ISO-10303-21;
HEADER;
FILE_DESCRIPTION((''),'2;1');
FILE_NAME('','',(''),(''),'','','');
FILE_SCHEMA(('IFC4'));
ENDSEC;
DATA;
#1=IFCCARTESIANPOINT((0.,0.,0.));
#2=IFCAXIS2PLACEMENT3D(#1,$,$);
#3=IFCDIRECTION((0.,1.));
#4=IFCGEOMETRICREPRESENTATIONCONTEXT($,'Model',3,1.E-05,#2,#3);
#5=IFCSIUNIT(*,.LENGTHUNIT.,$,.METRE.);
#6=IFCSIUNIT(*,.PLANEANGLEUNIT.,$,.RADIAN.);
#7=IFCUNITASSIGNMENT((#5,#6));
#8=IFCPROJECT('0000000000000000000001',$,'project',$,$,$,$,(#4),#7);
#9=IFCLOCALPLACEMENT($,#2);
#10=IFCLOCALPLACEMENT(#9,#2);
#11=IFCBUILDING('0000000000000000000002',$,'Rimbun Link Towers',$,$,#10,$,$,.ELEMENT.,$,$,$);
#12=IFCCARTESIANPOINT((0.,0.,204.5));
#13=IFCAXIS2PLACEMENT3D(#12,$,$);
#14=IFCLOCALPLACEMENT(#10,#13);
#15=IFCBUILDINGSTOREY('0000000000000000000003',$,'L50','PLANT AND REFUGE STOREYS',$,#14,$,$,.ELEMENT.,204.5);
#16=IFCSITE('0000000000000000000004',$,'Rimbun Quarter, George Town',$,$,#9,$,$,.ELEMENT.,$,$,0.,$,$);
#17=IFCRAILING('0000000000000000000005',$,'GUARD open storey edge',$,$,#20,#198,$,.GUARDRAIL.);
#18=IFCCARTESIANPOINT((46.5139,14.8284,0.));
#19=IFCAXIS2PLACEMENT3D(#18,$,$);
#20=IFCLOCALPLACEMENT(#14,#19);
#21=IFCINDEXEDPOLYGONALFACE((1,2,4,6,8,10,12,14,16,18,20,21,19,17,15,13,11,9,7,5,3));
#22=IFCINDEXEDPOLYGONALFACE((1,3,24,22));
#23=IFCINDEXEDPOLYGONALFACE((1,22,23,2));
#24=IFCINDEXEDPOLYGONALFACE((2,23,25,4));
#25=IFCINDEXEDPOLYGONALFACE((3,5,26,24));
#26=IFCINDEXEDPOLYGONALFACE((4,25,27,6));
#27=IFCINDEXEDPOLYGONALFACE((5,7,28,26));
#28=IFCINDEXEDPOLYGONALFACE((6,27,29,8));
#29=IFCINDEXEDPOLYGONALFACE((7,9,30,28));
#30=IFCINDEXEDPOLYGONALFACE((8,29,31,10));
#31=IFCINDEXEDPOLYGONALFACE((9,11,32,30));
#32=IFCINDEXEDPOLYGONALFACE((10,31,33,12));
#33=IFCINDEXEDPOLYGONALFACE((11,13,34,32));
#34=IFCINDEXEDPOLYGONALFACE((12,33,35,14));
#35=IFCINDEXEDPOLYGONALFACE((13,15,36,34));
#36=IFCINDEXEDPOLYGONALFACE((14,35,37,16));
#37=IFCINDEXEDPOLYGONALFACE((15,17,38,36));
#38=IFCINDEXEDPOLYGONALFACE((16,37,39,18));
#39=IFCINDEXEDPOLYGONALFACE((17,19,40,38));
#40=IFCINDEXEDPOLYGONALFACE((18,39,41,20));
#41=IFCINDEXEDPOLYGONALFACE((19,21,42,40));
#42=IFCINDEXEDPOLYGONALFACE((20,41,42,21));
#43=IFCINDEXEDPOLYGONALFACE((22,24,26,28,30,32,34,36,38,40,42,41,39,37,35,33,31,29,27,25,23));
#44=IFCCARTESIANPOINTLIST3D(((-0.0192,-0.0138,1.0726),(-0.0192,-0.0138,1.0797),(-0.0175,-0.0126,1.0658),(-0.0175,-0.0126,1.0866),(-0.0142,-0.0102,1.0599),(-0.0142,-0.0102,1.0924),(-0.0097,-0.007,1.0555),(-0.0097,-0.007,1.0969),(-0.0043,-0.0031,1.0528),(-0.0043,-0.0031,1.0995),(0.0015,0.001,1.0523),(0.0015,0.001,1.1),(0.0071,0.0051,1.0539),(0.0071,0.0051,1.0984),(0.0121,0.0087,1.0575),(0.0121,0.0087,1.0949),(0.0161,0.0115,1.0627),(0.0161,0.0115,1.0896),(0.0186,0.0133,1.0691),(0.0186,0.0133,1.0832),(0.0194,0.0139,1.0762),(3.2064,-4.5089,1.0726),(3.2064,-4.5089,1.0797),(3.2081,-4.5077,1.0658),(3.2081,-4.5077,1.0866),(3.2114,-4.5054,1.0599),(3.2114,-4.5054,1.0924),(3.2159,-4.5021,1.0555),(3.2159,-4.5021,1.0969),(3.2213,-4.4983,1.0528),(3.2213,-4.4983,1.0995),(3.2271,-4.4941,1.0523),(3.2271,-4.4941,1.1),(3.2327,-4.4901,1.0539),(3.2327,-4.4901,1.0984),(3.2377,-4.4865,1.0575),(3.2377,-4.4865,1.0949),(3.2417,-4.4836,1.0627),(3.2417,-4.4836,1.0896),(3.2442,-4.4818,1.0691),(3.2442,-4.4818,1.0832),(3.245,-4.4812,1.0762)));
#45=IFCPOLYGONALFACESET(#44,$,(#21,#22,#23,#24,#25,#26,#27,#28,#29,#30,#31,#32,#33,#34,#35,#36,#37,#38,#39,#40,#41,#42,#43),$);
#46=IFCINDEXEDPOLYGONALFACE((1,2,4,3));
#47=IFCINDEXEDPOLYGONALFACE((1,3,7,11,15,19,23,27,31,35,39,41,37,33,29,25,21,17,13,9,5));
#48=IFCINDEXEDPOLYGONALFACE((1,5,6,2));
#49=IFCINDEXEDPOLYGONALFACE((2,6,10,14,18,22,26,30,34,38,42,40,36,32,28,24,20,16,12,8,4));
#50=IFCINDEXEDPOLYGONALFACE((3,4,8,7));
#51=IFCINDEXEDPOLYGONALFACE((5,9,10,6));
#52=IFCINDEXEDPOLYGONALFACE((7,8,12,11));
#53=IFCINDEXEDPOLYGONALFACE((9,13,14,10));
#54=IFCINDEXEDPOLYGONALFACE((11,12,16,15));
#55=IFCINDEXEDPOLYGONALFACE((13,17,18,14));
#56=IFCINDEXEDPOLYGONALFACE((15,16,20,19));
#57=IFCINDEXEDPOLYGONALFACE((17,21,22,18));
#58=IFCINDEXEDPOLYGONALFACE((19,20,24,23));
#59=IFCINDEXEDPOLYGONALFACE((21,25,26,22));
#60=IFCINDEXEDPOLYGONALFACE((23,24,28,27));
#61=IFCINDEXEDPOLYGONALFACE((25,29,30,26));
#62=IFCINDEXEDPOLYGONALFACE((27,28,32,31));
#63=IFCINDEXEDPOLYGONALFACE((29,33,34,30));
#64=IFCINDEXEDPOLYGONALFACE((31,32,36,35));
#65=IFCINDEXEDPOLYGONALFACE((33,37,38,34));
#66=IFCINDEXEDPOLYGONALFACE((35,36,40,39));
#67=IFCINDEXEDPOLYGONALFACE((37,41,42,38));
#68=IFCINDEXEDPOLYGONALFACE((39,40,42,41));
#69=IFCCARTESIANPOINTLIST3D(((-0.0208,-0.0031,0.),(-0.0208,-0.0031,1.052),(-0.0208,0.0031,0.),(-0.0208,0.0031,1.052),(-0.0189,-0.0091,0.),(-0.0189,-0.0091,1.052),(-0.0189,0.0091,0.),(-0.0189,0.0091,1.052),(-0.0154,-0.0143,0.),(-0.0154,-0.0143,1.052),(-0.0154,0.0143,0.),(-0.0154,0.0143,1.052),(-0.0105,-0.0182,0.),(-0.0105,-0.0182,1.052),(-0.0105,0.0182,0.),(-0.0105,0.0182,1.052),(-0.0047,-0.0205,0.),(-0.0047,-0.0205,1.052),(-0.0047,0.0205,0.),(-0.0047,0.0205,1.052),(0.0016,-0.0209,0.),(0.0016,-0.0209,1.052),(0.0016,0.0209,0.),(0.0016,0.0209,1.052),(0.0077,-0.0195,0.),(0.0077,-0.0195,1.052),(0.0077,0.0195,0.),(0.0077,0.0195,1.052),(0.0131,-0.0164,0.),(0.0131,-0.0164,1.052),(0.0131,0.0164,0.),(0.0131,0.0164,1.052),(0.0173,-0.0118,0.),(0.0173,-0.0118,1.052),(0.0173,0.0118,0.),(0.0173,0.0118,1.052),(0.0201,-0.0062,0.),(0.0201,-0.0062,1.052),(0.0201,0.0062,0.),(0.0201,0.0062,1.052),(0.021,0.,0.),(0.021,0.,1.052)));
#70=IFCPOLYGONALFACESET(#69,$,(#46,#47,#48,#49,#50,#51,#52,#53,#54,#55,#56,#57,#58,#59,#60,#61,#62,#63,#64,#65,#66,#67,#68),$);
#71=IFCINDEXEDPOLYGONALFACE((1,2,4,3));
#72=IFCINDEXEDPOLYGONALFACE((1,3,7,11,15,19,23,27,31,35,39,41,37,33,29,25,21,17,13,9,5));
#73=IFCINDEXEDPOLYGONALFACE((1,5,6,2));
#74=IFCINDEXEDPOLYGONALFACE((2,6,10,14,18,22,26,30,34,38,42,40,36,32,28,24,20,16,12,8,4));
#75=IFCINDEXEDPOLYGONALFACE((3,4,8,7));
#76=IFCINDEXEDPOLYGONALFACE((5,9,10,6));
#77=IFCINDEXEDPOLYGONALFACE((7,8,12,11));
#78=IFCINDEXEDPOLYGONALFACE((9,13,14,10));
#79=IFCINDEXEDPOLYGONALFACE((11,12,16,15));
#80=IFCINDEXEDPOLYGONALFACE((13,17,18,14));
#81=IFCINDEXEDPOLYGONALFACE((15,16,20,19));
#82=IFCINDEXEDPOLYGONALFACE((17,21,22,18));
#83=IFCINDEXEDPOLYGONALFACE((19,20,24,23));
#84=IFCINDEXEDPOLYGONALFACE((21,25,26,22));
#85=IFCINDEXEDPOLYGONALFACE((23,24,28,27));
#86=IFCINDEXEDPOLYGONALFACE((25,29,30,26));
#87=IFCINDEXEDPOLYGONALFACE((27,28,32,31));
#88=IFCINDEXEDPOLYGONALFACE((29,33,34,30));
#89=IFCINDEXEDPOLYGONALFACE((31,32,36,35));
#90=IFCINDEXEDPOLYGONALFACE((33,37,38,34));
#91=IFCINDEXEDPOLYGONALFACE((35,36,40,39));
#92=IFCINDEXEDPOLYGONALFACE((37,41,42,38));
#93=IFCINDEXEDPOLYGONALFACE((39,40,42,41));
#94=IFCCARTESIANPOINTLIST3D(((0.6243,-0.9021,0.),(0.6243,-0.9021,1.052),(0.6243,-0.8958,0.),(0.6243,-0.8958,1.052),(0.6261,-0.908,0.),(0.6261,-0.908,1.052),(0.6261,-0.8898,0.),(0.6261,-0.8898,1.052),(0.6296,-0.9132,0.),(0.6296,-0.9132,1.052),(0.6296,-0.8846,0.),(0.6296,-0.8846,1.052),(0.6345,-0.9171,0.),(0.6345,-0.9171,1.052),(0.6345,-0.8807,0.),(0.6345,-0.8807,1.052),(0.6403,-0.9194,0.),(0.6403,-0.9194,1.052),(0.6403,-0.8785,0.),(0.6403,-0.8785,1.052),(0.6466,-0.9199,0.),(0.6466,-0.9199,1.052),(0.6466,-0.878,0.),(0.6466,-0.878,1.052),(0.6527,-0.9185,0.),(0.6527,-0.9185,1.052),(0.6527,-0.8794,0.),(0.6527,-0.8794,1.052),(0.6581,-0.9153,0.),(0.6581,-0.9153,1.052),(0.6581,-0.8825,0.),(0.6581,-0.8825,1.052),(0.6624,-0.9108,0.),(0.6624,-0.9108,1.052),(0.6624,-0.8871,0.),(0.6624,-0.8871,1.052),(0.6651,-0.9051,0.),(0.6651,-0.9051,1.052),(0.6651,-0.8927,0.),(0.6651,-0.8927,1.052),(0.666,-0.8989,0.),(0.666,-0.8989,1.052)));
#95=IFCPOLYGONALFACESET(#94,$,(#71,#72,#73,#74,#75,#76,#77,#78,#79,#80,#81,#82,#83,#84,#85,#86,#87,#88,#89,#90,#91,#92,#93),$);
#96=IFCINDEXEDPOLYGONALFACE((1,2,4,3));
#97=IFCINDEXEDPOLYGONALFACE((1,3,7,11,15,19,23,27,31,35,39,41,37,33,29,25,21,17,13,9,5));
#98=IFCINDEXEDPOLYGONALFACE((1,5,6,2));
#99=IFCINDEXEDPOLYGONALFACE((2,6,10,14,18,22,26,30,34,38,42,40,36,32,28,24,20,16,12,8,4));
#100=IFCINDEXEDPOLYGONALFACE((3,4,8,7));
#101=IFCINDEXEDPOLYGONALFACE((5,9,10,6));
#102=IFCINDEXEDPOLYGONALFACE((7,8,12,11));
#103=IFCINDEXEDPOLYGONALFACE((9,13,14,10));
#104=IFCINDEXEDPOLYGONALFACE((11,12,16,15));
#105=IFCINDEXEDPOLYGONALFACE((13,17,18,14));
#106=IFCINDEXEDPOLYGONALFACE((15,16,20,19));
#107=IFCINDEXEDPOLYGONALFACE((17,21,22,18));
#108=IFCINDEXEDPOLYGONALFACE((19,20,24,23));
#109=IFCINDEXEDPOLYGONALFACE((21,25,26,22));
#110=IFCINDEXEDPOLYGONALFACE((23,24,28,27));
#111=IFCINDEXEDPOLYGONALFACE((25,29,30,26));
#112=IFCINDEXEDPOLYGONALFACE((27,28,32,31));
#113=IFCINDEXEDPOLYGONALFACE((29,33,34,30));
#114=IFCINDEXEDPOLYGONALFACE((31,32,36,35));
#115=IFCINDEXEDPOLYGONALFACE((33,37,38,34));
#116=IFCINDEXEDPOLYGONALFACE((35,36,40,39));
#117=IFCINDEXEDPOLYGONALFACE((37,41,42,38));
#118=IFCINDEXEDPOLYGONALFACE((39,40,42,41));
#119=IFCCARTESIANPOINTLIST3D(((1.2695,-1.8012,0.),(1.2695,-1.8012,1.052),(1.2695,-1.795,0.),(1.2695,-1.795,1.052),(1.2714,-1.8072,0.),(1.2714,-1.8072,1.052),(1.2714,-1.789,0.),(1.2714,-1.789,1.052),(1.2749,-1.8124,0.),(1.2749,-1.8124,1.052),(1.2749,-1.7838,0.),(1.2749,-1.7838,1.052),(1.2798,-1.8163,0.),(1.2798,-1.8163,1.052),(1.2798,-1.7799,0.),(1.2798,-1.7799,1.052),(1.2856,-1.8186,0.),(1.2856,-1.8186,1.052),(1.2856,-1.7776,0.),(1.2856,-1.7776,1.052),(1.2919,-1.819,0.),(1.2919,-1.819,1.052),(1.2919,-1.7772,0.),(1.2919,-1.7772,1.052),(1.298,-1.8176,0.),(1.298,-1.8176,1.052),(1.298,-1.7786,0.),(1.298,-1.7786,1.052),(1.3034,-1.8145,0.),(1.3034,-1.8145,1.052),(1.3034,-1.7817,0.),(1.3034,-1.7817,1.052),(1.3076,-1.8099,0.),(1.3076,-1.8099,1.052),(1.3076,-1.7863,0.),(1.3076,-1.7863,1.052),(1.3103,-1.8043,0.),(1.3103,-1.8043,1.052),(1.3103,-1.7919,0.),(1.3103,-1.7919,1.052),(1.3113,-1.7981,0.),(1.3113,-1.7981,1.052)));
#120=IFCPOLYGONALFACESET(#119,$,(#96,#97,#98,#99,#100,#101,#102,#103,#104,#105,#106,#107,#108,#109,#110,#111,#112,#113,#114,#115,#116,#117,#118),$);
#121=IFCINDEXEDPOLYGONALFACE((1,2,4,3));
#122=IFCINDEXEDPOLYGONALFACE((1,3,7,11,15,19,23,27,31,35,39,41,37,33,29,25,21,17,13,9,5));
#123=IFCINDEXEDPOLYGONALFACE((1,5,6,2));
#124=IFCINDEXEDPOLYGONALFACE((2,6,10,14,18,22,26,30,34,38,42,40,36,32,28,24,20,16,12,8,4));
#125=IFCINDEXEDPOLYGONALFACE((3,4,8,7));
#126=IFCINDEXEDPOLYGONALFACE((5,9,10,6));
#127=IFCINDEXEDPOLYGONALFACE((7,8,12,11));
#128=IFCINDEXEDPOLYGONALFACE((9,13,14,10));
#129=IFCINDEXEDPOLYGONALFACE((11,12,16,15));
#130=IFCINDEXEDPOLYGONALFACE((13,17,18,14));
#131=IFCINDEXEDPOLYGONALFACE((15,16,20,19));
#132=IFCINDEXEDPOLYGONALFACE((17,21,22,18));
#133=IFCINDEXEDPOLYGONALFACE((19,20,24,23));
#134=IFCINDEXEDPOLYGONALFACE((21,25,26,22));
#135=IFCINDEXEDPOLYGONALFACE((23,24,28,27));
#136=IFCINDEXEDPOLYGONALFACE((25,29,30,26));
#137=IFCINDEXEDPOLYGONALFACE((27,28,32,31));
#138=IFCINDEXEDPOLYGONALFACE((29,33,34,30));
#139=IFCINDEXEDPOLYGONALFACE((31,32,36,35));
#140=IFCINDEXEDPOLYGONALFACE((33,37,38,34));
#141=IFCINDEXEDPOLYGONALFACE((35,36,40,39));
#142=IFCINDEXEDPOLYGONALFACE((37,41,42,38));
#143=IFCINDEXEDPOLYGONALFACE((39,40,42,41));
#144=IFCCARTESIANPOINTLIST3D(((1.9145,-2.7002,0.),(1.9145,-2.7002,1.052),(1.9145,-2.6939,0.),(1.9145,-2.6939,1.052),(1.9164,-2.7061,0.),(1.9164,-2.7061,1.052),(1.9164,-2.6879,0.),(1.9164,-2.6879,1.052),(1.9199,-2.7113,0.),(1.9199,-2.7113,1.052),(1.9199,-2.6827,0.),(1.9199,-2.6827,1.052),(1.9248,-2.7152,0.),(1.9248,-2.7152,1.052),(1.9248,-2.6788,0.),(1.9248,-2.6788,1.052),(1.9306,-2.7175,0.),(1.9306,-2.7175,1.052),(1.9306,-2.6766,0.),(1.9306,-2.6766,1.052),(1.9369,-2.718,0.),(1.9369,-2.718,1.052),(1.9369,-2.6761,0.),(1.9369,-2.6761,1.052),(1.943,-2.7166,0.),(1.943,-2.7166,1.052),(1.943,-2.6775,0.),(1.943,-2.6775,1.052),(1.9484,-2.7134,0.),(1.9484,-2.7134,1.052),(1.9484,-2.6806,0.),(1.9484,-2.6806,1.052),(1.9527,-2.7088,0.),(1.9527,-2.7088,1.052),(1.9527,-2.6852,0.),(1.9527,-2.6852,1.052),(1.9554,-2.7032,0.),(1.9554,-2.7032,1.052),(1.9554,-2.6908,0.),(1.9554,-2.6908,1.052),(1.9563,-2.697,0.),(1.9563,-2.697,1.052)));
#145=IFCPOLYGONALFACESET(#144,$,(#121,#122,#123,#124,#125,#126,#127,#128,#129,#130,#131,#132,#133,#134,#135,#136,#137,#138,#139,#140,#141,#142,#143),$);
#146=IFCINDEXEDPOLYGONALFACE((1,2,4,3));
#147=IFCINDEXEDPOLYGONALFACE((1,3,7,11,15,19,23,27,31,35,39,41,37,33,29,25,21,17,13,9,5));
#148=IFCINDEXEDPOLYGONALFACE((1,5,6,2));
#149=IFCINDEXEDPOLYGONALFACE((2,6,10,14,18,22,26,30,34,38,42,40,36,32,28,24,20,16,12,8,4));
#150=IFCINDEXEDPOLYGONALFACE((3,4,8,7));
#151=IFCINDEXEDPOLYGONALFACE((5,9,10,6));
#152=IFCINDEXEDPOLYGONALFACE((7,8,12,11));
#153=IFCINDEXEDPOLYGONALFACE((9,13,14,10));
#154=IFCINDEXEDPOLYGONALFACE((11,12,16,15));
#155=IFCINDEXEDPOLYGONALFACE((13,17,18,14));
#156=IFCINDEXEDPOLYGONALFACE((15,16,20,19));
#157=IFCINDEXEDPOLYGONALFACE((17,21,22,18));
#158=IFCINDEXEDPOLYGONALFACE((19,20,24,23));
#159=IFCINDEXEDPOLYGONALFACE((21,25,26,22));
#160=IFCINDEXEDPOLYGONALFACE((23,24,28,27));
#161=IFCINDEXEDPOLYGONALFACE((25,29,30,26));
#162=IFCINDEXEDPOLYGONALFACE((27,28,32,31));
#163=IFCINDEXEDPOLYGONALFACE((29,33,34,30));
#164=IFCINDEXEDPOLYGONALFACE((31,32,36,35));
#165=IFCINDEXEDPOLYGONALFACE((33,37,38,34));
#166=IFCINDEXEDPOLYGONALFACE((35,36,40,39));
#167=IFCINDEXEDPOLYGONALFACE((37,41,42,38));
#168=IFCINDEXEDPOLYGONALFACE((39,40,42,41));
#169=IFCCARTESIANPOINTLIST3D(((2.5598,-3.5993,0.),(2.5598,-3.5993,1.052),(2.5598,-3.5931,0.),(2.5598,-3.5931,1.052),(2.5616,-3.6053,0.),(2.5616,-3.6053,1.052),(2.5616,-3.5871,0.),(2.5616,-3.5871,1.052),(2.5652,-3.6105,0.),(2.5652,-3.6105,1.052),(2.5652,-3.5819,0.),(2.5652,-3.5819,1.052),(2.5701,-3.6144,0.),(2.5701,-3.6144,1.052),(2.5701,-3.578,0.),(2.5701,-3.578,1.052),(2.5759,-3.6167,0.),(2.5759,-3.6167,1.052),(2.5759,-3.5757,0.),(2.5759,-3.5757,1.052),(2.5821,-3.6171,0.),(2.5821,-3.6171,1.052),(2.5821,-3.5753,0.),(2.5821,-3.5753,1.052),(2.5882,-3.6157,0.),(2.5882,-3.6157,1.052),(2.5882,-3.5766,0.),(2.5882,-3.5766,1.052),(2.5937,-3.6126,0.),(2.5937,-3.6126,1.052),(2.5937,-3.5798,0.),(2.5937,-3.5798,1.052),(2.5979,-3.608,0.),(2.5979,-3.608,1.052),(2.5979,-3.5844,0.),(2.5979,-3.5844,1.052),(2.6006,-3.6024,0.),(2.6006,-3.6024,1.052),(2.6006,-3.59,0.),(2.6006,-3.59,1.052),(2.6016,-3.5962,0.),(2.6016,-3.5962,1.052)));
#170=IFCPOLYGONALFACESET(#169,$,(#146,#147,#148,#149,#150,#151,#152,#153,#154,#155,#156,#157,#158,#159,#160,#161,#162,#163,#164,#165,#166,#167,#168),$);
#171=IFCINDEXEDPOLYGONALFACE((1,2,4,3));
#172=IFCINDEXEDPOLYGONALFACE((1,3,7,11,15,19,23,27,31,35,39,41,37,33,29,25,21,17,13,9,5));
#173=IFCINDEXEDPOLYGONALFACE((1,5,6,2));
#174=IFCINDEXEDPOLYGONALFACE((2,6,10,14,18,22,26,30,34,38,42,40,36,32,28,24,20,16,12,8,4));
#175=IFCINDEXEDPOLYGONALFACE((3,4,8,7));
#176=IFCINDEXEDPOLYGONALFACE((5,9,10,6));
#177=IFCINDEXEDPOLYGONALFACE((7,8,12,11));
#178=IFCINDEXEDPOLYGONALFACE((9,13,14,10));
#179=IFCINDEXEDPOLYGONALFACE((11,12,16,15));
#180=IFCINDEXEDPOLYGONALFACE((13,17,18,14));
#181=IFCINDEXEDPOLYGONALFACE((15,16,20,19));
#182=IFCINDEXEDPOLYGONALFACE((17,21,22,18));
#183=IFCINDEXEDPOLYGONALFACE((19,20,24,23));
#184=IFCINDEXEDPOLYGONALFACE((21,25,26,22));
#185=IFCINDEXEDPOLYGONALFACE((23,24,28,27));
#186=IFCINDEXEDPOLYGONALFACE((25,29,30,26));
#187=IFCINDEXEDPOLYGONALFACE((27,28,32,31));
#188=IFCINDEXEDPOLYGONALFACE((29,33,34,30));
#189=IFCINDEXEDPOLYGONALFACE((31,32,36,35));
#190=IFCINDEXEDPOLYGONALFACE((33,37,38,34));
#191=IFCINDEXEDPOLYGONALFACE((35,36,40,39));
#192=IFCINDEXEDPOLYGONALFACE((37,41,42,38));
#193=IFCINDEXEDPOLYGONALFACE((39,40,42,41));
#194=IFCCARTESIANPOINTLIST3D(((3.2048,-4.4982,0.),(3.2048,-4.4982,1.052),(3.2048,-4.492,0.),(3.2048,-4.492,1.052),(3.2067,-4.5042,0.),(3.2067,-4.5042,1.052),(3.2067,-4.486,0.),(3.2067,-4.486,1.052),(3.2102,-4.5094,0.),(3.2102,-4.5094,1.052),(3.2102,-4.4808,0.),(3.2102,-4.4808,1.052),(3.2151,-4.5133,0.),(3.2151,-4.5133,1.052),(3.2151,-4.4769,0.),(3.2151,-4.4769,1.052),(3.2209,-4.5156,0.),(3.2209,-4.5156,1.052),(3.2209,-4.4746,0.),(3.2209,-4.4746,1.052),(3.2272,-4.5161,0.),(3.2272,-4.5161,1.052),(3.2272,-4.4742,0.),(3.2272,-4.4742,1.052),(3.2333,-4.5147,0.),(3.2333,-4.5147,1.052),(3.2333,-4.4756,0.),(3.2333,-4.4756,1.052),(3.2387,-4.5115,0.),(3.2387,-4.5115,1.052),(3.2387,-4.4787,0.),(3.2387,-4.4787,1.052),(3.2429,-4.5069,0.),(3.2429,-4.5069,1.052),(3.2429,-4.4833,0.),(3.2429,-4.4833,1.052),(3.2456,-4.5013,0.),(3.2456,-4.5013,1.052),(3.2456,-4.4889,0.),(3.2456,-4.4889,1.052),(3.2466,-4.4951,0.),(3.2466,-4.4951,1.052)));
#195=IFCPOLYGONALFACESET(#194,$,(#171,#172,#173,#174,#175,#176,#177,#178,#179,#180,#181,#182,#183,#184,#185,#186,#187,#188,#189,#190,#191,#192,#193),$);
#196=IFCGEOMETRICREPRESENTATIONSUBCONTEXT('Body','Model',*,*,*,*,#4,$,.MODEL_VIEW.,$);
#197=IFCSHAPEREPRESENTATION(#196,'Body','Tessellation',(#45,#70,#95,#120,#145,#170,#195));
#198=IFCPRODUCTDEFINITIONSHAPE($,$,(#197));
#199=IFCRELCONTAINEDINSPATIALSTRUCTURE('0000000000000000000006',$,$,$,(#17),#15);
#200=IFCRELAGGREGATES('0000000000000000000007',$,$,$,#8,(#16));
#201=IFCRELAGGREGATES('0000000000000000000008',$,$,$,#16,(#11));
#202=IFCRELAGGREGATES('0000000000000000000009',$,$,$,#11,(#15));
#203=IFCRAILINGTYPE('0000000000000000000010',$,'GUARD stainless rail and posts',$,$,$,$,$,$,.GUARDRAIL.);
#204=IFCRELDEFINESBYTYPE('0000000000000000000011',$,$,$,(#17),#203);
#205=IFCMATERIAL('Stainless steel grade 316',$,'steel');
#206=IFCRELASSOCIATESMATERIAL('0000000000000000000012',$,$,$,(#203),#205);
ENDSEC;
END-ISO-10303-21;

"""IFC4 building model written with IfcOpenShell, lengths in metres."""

from ifc_helpers import new_model, si_unit, direction, frame, origin, origin_2d, place, context, subcontext, project, spatial, circle, extrude, material, type_object, element, save


model = new_model("IFC4")

# Units and contexts
model_context = context("Model", 3, precision=1e-05, world=origin(), true_north=direction((0.0, 1.0)))
body_context = subcontext(model_context, "Body", "Model", "MODEL_VIEW")
ifc_project = project(units=[si_unit("LENGTHUNIT", "METRE"), si_unit("PLANEANGLEUNIT", "RADIAN")], contexts=[model_context])

# Site, building, storey
site_placement = place(None, origin())
site = spatial("IfcSite", under=ifc_project, at=site_placement, Name="Rimbun Quarter, George Town", CompositionType="ELEMENT", RefElevation=0.0)
building_placement = place(site_placement, origin())
building = spatial("IfcBuilding", under=site, at=building_placement, Name="Rimbun Link Towers", CompositionType="ELEMENT")
storey_placement = place(building_placement, frame((0.0, 0.0, 204.5)))
storey = spatial("IfcBuildingStorey", under=building, at=storey_placement, Name="L50", Description="PLANT AND REFUGE STOREYS", CompositionType="ELEMENT", Elevation=204.5)

# Railing
ifc_material_1 = material(Name="Stainless steel grade 316", Category="steel")
railing_type = type_object("IfcRailingType", Name="GUARD stainless rail and posts", PredefinedType="GUARDRAIL", material=ifc_material_1)
railing_1_placement = place(storey_placement, frame((46.5139, 14.8284, 0.0)))
element("IfcRailing", 1, at=railing_1_placement, inside=storey, type_object=railing_type, Name="GUARD open storey edge", PredefinedType="GUARDRAIL", context=body_context, shape_type="SweptSolid", body=[
    extrude(circle(Radius=0.0239, at=origin_2d()), frame((0.0, 0.0, 1.0762), z_axis=(0.583007, -0.812467, 0.0), x_axis=(0.812467, 0.583007, 0.0)), (0.0, 0.0, 1.0), 5.5327),
    extrude(circle(Radius=0.021, at=origin_2d()), origin(), (0.0, 0.0, 1.0), 1.052),
    extrude(circle(Radius=0.021, at=origin_2d()), frame((0.645, -0.8989, 0.0)), (0.0, 0.0, 1.0), 1.052),
    extrude(circle(Radius=0.021, at=origin_2d()), frame((1.2903, -1.7981, 0.0)), (0.0, 0.0, 1.0), 1.052),
    extrude(circle(Radius=0.021, at=origin_2d()), frame((1.9353, -2.697, 0.0)), (0.0, 0.0, 1.0), 1.052),
    extrude(circle(Radius=0.021, at=origin_2d()), frame((2.5806, -3.5962, 0.0)), (0.0, 0.0, 1.0), 1.052),
    extrude(circle(Radius=0.021, at=origin_2d()), frame((3.2256, -4.4951, 0.0)), (0.0, 0.0, 1.0), 1.052),
])

save(model, "model.ifc")
